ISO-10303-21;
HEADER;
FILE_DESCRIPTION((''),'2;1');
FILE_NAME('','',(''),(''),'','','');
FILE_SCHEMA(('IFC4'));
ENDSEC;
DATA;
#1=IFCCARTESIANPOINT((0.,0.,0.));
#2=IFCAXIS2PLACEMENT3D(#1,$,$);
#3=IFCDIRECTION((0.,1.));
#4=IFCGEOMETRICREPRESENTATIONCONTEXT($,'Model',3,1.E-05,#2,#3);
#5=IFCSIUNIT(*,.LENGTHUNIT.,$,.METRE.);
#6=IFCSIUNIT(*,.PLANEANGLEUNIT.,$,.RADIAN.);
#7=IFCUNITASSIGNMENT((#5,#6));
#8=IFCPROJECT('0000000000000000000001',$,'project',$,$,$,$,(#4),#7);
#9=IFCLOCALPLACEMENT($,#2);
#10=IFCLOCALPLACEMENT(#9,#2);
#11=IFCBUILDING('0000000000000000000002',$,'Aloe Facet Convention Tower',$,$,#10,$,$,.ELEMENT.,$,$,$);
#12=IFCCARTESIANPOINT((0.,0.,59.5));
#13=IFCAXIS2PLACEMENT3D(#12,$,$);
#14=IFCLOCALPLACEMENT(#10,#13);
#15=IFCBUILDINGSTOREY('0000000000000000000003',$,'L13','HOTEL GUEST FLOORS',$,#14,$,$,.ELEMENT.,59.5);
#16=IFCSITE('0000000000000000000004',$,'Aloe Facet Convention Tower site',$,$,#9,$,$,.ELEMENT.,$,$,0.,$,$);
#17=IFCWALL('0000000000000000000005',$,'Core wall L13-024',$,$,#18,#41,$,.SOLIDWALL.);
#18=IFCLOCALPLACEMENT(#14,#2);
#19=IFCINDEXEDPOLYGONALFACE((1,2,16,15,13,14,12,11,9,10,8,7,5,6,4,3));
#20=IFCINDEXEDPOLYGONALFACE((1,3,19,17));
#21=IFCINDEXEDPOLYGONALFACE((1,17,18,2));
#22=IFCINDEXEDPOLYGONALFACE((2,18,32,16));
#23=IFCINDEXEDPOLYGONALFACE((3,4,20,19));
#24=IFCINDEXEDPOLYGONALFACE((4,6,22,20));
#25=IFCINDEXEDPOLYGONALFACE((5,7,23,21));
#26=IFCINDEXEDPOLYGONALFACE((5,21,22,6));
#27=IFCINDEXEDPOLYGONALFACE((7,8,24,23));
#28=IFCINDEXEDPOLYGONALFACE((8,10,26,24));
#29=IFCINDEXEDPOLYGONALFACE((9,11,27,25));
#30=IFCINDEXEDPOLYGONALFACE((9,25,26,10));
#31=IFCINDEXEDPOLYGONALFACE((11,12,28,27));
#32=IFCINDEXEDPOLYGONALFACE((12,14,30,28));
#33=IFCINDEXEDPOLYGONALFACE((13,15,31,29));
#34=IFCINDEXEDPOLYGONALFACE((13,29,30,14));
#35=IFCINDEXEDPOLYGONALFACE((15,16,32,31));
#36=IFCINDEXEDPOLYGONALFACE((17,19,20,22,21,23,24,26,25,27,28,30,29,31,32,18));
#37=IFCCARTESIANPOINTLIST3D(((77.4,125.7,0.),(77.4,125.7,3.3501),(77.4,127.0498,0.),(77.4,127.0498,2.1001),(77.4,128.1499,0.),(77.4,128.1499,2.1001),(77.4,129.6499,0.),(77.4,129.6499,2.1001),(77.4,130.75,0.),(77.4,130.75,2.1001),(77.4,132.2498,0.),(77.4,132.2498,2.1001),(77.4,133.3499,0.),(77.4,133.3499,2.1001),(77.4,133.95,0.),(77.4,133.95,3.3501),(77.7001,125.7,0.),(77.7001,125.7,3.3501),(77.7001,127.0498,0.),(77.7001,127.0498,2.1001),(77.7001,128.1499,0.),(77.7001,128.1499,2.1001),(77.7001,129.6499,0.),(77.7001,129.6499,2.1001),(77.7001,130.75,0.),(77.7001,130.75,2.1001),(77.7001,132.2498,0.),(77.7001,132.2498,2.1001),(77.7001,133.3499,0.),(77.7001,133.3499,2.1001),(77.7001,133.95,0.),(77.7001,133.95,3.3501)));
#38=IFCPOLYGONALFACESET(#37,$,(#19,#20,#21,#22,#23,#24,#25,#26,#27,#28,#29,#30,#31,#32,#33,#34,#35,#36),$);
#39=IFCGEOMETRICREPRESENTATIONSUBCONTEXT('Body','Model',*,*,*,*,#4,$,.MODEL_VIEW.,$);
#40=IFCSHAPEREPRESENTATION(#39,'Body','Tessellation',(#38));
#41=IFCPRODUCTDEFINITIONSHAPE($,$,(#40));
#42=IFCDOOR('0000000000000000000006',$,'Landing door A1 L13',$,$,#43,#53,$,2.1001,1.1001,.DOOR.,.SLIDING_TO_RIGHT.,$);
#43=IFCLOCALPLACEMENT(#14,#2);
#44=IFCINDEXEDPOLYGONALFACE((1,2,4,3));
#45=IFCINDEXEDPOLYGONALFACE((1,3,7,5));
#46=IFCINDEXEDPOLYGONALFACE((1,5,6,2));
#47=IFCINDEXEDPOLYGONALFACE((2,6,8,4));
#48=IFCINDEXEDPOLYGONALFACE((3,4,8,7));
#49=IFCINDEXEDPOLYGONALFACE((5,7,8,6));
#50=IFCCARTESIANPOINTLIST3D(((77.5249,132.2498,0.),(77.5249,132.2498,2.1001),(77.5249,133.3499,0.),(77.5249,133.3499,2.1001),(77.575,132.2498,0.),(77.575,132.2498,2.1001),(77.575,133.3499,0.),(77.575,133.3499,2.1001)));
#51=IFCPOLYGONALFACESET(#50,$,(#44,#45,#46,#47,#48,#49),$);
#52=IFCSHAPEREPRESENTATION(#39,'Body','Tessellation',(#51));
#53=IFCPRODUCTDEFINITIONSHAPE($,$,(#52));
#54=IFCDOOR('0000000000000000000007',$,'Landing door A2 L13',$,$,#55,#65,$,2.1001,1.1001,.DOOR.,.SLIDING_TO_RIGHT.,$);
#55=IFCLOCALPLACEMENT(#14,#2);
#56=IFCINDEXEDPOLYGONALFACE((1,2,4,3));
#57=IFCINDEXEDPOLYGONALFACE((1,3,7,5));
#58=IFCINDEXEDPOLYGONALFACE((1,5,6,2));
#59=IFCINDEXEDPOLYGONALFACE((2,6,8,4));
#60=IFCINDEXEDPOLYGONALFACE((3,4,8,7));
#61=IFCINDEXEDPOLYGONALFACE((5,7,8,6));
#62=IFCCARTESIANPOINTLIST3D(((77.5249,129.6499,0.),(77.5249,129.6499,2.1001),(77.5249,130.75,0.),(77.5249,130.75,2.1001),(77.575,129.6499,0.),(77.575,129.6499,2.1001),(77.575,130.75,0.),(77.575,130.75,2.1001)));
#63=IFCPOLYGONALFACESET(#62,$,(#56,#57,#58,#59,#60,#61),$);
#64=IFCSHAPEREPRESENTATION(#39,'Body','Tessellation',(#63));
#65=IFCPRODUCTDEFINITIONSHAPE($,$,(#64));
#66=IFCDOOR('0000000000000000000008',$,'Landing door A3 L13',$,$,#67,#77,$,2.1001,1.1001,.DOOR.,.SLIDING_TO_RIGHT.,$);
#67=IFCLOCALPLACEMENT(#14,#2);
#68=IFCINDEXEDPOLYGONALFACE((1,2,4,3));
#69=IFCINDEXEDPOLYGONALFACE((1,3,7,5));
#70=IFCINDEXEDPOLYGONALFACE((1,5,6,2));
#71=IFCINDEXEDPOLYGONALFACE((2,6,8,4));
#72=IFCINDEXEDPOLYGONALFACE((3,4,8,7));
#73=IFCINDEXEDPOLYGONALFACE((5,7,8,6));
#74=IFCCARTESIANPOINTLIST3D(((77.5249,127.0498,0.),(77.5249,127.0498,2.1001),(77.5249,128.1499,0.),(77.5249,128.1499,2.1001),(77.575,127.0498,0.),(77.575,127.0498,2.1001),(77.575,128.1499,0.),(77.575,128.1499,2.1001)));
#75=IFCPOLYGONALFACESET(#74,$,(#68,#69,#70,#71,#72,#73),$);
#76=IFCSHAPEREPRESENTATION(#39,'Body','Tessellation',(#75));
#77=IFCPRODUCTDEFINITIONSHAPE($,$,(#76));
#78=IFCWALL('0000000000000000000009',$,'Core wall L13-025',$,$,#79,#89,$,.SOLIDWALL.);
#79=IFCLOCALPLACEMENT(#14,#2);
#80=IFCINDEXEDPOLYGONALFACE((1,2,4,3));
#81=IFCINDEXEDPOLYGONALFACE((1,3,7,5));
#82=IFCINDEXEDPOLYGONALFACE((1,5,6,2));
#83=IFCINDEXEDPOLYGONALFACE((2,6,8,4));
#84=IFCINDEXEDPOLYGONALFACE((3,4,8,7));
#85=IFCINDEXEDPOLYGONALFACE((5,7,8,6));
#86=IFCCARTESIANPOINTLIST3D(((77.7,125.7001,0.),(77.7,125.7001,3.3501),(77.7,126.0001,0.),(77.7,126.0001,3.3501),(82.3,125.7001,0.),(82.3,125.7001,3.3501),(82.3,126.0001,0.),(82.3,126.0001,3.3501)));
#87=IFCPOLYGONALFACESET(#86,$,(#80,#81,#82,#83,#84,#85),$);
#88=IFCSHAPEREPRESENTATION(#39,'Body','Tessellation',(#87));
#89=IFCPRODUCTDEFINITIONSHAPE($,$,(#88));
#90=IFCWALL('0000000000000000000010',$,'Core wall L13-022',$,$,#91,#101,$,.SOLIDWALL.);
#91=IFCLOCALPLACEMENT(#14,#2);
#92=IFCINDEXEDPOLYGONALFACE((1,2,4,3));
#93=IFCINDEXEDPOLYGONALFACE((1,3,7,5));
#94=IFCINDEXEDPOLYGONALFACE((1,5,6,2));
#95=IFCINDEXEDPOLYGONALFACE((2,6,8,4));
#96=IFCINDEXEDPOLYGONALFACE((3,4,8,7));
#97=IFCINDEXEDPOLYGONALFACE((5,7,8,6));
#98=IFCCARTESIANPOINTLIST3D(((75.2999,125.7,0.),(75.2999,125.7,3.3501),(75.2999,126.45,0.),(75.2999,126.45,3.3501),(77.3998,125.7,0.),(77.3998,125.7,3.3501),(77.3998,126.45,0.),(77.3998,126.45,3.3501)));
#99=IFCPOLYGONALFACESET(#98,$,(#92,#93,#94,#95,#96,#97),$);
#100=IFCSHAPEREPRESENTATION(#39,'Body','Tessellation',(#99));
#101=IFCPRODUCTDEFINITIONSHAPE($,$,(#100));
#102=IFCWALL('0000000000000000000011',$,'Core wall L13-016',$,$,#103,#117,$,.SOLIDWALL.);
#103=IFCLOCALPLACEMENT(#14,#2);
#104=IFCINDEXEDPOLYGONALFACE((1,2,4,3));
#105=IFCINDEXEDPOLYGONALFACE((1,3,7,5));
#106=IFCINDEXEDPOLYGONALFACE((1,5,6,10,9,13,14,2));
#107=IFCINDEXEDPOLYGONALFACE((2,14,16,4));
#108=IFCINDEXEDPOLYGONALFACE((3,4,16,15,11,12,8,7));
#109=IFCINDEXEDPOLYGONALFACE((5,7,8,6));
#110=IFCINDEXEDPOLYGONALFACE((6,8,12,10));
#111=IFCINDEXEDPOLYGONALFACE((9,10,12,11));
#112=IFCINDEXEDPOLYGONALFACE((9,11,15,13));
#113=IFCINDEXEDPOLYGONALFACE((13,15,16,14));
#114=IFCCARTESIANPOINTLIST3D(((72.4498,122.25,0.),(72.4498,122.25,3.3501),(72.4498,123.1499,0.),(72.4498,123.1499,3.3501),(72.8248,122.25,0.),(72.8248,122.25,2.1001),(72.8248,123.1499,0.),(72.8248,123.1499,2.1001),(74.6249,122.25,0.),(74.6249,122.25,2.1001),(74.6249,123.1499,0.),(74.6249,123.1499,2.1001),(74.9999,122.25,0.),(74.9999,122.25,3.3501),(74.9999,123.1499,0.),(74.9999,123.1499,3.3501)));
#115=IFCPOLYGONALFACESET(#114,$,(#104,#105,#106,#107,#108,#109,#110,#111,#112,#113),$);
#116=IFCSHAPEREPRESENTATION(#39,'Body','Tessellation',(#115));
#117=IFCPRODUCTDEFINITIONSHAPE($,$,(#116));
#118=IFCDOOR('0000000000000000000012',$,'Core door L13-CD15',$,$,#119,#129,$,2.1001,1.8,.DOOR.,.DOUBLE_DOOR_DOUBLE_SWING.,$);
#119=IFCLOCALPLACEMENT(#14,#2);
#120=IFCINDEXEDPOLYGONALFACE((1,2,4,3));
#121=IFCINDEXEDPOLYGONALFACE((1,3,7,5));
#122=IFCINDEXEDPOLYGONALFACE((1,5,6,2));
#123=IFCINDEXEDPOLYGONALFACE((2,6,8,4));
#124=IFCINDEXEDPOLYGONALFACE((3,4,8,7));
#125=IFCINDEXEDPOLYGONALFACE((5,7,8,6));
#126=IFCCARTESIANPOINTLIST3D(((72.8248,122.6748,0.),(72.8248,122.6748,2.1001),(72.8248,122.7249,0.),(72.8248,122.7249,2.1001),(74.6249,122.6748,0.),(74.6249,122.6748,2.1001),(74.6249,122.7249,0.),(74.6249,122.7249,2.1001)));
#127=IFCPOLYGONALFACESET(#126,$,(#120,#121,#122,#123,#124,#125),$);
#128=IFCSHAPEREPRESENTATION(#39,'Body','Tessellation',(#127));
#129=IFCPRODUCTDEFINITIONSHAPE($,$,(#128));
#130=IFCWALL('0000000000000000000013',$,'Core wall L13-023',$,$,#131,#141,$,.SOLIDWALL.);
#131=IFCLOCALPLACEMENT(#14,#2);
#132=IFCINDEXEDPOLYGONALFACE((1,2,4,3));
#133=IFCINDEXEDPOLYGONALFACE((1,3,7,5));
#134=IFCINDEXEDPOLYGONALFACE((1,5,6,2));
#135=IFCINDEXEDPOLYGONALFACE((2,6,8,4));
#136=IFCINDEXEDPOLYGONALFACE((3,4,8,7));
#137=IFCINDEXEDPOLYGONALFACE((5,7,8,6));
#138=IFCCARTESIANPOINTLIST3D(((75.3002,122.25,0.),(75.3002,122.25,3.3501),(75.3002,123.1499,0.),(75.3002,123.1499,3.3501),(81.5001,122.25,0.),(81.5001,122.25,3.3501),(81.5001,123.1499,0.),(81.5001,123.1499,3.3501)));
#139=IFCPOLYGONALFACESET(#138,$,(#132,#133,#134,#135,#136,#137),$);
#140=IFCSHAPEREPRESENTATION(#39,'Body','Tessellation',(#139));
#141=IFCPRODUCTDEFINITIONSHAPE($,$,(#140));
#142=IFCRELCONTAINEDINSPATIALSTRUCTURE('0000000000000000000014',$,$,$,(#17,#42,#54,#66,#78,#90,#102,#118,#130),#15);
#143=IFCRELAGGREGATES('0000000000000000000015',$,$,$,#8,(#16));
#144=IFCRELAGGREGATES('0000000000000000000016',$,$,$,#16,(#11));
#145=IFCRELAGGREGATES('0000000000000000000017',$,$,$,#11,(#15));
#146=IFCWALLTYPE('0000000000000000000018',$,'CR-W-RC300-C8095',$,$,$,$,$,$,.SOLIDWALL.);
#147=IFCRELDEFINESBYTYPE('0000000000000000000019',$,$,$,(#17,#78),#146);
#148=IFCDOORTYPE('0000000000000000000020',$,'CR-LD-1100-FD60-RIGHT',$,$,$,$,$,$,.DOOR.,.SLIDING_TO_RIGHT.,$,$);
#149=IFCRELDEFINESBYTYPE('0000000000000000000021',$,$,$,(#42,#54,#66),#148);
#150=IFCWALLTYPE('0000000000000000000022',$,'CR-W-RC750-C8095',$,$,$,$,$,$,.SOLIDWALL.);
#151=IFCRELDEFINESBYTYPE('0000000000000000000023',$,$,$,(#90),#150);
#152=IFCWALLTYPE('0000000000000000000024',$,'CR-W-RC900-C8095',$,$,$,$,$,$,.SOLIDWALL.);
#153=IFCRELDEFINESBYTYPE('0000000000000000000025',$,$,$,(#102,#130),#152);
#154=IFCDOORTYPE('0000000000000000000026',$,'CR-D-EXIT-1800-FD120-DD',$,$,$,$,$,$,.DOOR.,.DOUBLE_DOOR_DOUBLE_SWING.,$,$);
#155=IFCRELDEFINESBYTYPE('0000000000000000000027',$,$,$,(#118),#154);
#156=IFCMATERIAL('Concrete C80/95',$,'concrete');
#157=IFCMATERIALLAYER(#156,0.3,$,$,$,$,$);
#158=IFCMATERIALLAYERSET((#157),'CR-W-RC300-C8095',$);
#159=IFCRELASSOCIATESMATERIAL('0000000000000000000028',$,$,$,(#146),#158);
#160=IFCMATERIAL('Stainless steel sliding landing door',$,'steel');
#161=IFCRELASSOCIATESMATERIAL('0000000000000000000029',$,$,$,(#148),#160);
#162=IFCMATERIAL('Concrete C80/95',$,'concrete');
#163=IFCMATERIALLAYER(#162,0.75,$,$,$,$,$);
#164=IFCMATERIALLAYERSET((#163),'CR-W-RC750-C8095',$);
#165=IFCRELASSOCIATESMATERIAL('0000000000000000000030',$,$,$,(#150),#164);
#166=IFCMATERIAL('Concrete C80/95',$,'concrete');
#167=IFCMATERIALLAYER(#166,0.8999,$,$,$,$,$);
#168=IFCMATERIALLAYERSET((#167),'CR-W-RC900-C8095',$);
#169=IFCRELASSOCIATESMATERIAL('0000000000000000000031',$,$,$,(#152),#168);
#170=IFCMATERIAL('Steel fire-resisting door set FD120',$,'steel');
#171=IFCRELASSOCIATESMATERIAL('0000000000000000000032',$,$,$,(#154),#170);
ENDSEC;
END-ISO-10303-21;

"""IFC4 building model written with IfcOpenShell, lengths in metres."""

from ifc_helpers import new_model, si_unit, direction, frame, frame_2d, origin, place, context, subcontext, project, spatial, rectangle, extrude, material, layer, layer_set, type_object, element, fill, save


model = new_model("IFC4")

# Units and contexts
model_context = context("Model", 3, precision=1e-05, world=origin(), true_north=direction((0.0, 1.0)))
body_context = subcontext(model_context, "Body", "Model", "MODEL_VIEW")
ifc_project = project(units=[si_unit("LENGTHUNIT", "METRE"), si_unit("PLANEANGLEUNIT", "RADIAN")], contexts=[model_context])

# Site, building, storey
site_placement = place(None, origin())
site = spatial("IfcSite", under=ifc_project, at=site_placement, Name="Aloe Facet Convention Tower site", CompositionType="ELEMENT", RefElevation=0.0)
building_placement = place(site_placement, origin())
building = spatial("IfcBuilding", under=site, at=building_placement, Name="Aloe Facet Convention Tower", CompositionType="ELEMENT")
storey_placement = place(building_placement, frame((0.0, 0.0, 59.5)))
storey = spatial("IfcBuildingStorey", under=building, at=storey_placement, Name="L13", Description="HOTEL GUEST FLOORS", CompositionType="ELEMENT", Elevation=59.5)

# Shared definitions
ifc_material_1 = material(Name="Concrete C80/95", Category="concrete")
ifc_layer_1 = layer(ifc_material_1, 0.3)
ifc_layer_set_1 = layer_set([ifc_layer_1], Name="CR-W-RC300-C8095")
wall_type_1 = type_object("IfcWallType", Name="CR-W-RC300-C8095", PredefinedType="SOLIDWALL", material=ifc_layer_set_1)

# Wall, openings, doors
wall_1_placement = place(storey_placement, frame((77.55, 133.95, 0.0), z_axis=(0.0, 0.0, 1.0), x_axis=(0.0, -1.0, 0.0)))
wall_1 = element("IfcWall", 1, at=wall_1_placement, inside=storey, type_object=wall_type_1, Name="Core wall L13-024", PredefinedType="SOLIDWALL", context=body_context, shape_type="SweptSolid", body=[
    extrude(rectangle(XDim=8.25, YDim=0.3, at=frame_2d((4.125, 0.0))), origin(), (0.0, 0.0, 1.0), 3.3501),
])
opening_1_placement = place(wall_1_placement, frame((0.6001, 0.0, 0.0)))
opening_1 = element("IfcOpeningElement", 2, at=opening_1_placement, cuts=wall_1, PredefinedType="OPENING", context=body_context, shape_type="SweptSolid", body=[
    extrude(rectangle(XDim=1.1001, YDim=2.1001, at=frame_2d((0.55, 1.05))), frame((0.0, 0.1602, 0.0), z_axis=(0.0, -1.0, 0.0), x_axis=(1.0, 0.0, 0.0)), (0.0, 0.0, 1.0), 0.3201),
])
opening_2_placement = place(wall_1_placement, frame((3.2, 0.0, 0.0)))
opening_2 = element("IfcOpeningElement", 3, at=opening_2_placement, cuts=wall_1, PredefinedType="OPENING", context=body_context, shape_type="SweptSolid", body=[
    extrude(rectangle(XDim=1.1001, YDim=2.1001, at=frame_2d((0.55, 1.05))), frame((0.0, 0.1602, 0.0), z_axis=(0.0, -1.0, 0.0), x_axis=(1.0, 0.0, 0.0)), (0.0, 0.0, 1.0), 0.3201),
])
opening_3_placement = place(wall_1_placement, frame((5.8, 0.0, 0.0)))
opening_3 = element("IfcOpeningElement", 4, at=opening_3_placement, cuts=wall_1, PredefinedType="OPENING", context=body_context, shape_type="SweptSolid", body=[
    extrude(rectangle(XDim=1.1001, YDim=2.1001, at=frame_2d((0.55, 1.05))), frame((0.0, 0.1602, 0.0), z_axis=(0.0, -1.0, 0.0), x_axis=(1.0, 0.0, 0.0)), (0.0, 0.0, 1.0), 0.3201),
])
ifc_material_2 = material(Name="Stainless steel sliding landing door", Category="steel")
door_type_1 = type_object("IfcDoorType", Name="CR-LD-1100-FD60-RIGHT", OperationType="SLIDING_TO_RIGHT", PredefinedType="DOOR", material=ifc_material_2)
door_1_placement = place(opening_1_placement, origin())
door_1 = element("IfcDoor", 5, at=door_1_placement, inside=storey, type_object=door_type_1, Name="Landing door A1 L13", OperationType="SLIDING_TO_RIGHT", OverallHeight=2.1001, OverallWidth=1.1001, PredefinedType="DOOR", context=body_context, shape_type="SweptSolid", body=[
    extrude(rectangle(XDim=1.1001, YDim=2.1001, at=frame_2d((0.55, 1.05))), frame((0.0, 0.0249, 0.0), z_axis=(0.0, -1.0, 0.0), x_axis=(1.0, 0.0, 0.0)), (0.0, 0.0, 1.0), 0.05),
])
fill(opening_1, door_1)
door_2_placement = place(opening_2_placement, origin())
door_2 = element("IfcDoor", 6, at=door_2_placement, inside=storey, type_object=door_type_1, Name="Landing door A2 L13", OperationType="SLIDING_TO_RIGHT", OverallHeight=2.1001, OverallWidth=1.1001, PredefinedType="DOOR", context=body_context, shape_type="SweptSolid", body=[
    extrude(rectangle(XDim=1.1001, YDim=2.1001, at=frame_2d((0.55, 1.05))), frame((0.0, 0.0249, 0.0), z_axis=(0.0, -1.0, 0.0), x_axis=(1.0, 0.0, 0.0)), (0.0, 0.0, 1.0), 0.05),
])
fill(opening_2, door_2)
door_3_placement = place(opening_3_placement, origin())
door_3 = element("IfcDoor", 7, at=door_3_placement, inside=storey, type_object=door_type_1, Name="Landing door A3 L13", OperationType="SLIDING_TO_RIGHT", OverallHeight=2.1001, OverallWidth=1.1001, PredefinedType="DOOR", context=body_context, shape_type="SweptSolid", body=[
    extrude(rectangle(XDim=1.1001, YDim=2.1001, at=frame_2d((0.55, 1.05))), frame((0.0, 0.0249, 0.0), z_axis=(0.0, -1.0, 0.0), x_axis=(1.0, 0.0, 0.0)), (0.0, 0.0, 1.0), 0.05),
])
fill(opening_3, door_3)

# Walls
wall_2_placement = place(storey_placement, frame((77.7, 125.8501, 0.0), z_axis=(0.0, 0.0, 1.0), x_axis=(1.0, 0.0, 0.0)))
element("IfcWall", 8, at=wall_2_placement, inside=storey, type_object=wall_type_1, Name="Core wall L13-025", PredefinedType="SOLIDWALL", context=body_context, shape_type="SweptSolid", body=[
    extrude(rectangle(XDim=4.6001, YDim=0.3, at=frame_2d((2.3, 0.0))), origin(), (0.0, 0.0, 1.0), 3.3501),
])
ifc_material_3 = material(Name="Concrete C80/95", Category="concrete")
ifc_layer_2 = layer(ifc_material_3, 0.75)
ifc_layer_set_2 = layer_set([ifc_layer_2], Name="CR-W-RC750-C8095")
wall_type_2 = type_object("IfcWallType", Name="CR-W-RC750-C8095", PredefinedType="SOLIDWALL", material=ifc_layer_set_2)
wall_3_placement = place(storey_placement, frame((75.3, 126.075, 0.0), z_axis=(0.0, 0.0, 1.0), x_axis=(1.0, 0.0, 0.0)))
element("IfcWall", 9, at=wall_3_placement, inside=storey, type_object=wall_type_2, Name="Core wall L13-022", PredefinedType="SOLIDWALL", context=body_context, shape_type="SweptSolid", body=[
    extrude(rectangle(XDim=2.0999, YDim=0.75, at=frame_2d((1.0498, 0.0))), origin(), (0.0, 0.0, 1.0), 3.3501),
])

# Wall, opening, door
ifc_material_4 = material(Name="Concrete C80/95", Category="concrete")
ifc_layer_3 = layer(ifc_material_4, 0.8999)
ifc_layer_set_3 = layer_set([ifc_layer_3], Name="CR-W-RC900-C8095")
wall_type_3 = type_object("IfcWallType", Name="CR-W-RC900-C8095", PredefinedType="SOLIDWALL", material=ifc_layer_set_3)
wall_4_placement = place(storey_placement, frame((72.45, 122.7, 0.0), z_axis=(0.0, 0.0, 1.0), x_axis=(1.0, 0.0, 0.0)))
wall_4 = element("IfcWall", 10, at=wall_4_placement, inside=storey, type_object=wall_type_3, Name="Core wall L13-016", PredefinedType="SOLIDWALL", context=body_context, shape_type="SweptSolid", body=[
    extrude(rectangle(XDim=2.55, YDim=0.8999, at=frame_2d((1.2749, 0.0))), origin(), (0.0, 0.0, 1.0), 3.3501),
])
opening_4_placement = place(wall_4_placement, frame((0.375, 0.0, 0.0)))
opening_4 = element("IfcOpeningElement", 11, at=opening_4_placement, cuts=wall_4, PredefinedType="OPENING", context=body_context, shape_type="SweptSolid", body=[
    extrude(rectangle(XDim=1.8, YDim=2.1001, at=frame_2d((0.8999, 1.05))), frame((0.0, 0.46, 0.0), z_axis=(0.0, -1.0, 0.0), x_axis=(1.0, 0.0, 0.0)), (0.0, 0.0, 1.0), 0.9199),
])
ifc_material_5 = material(Name="Steel fire-resisting door set FD120", Category="steel")
door_type_2 = type_object("IfcDoorType", Name="CR-D-EXIT-1800-FD120-DD", OperationType="DOUBLE_DOOR_DOUBLE_SWING", PredefinedType="DOOR", material=ifc_material_5)
door_4_placement = place(opening_4_placement, origin())
door_4 = element("IfcDoor", 12, at=door_4_placement, inside=storey, type_object=door_type_2, Name="Core door L13-CD15", OperationType="DOUBLE_DOOR_DOUBLE_SWING", OverallHeight=2.1001, OverallWidth=1.8, PredefinedType="DOOR", context=body_context, shape_type="SweptSolid", body=[
    extrude(rectangle(XDim=1.8, YDim=2.1001, at=frame_2d((0.8999, 1.05))), frame((0.0, 0.0249, 0.0), z_axis=(0.0, -1.0, 0.0), x_axis=(1.0, 0.0, 0.0)), (0.0, 0.0, 1.0), 0.05),
])
fill(opening_4, door_4)

# Wall
wall_5_placement = place(storey_placement, frame((75.3, 122.7, 0.0), z_axis=(0.0, 0.0, 1.0), x_axis=(1.0, 0.0, 0.0)))
element("IfcWall", 13, at=wall_5_placement, inside=storey, type_object=wall_type_3, Name="Core wall L13-023", PredefinedType="SOLIDWALL", context=body_context, shape_type="SweptSolid", body=[
    extrude(rectangle(XDim=6.2, YDim=0.8999, at=frame_2d((3.1001, 0.0))), origin(), (0.0, 0.0, 1.0), 3.3501),
])

save(model, "model.ifc")
